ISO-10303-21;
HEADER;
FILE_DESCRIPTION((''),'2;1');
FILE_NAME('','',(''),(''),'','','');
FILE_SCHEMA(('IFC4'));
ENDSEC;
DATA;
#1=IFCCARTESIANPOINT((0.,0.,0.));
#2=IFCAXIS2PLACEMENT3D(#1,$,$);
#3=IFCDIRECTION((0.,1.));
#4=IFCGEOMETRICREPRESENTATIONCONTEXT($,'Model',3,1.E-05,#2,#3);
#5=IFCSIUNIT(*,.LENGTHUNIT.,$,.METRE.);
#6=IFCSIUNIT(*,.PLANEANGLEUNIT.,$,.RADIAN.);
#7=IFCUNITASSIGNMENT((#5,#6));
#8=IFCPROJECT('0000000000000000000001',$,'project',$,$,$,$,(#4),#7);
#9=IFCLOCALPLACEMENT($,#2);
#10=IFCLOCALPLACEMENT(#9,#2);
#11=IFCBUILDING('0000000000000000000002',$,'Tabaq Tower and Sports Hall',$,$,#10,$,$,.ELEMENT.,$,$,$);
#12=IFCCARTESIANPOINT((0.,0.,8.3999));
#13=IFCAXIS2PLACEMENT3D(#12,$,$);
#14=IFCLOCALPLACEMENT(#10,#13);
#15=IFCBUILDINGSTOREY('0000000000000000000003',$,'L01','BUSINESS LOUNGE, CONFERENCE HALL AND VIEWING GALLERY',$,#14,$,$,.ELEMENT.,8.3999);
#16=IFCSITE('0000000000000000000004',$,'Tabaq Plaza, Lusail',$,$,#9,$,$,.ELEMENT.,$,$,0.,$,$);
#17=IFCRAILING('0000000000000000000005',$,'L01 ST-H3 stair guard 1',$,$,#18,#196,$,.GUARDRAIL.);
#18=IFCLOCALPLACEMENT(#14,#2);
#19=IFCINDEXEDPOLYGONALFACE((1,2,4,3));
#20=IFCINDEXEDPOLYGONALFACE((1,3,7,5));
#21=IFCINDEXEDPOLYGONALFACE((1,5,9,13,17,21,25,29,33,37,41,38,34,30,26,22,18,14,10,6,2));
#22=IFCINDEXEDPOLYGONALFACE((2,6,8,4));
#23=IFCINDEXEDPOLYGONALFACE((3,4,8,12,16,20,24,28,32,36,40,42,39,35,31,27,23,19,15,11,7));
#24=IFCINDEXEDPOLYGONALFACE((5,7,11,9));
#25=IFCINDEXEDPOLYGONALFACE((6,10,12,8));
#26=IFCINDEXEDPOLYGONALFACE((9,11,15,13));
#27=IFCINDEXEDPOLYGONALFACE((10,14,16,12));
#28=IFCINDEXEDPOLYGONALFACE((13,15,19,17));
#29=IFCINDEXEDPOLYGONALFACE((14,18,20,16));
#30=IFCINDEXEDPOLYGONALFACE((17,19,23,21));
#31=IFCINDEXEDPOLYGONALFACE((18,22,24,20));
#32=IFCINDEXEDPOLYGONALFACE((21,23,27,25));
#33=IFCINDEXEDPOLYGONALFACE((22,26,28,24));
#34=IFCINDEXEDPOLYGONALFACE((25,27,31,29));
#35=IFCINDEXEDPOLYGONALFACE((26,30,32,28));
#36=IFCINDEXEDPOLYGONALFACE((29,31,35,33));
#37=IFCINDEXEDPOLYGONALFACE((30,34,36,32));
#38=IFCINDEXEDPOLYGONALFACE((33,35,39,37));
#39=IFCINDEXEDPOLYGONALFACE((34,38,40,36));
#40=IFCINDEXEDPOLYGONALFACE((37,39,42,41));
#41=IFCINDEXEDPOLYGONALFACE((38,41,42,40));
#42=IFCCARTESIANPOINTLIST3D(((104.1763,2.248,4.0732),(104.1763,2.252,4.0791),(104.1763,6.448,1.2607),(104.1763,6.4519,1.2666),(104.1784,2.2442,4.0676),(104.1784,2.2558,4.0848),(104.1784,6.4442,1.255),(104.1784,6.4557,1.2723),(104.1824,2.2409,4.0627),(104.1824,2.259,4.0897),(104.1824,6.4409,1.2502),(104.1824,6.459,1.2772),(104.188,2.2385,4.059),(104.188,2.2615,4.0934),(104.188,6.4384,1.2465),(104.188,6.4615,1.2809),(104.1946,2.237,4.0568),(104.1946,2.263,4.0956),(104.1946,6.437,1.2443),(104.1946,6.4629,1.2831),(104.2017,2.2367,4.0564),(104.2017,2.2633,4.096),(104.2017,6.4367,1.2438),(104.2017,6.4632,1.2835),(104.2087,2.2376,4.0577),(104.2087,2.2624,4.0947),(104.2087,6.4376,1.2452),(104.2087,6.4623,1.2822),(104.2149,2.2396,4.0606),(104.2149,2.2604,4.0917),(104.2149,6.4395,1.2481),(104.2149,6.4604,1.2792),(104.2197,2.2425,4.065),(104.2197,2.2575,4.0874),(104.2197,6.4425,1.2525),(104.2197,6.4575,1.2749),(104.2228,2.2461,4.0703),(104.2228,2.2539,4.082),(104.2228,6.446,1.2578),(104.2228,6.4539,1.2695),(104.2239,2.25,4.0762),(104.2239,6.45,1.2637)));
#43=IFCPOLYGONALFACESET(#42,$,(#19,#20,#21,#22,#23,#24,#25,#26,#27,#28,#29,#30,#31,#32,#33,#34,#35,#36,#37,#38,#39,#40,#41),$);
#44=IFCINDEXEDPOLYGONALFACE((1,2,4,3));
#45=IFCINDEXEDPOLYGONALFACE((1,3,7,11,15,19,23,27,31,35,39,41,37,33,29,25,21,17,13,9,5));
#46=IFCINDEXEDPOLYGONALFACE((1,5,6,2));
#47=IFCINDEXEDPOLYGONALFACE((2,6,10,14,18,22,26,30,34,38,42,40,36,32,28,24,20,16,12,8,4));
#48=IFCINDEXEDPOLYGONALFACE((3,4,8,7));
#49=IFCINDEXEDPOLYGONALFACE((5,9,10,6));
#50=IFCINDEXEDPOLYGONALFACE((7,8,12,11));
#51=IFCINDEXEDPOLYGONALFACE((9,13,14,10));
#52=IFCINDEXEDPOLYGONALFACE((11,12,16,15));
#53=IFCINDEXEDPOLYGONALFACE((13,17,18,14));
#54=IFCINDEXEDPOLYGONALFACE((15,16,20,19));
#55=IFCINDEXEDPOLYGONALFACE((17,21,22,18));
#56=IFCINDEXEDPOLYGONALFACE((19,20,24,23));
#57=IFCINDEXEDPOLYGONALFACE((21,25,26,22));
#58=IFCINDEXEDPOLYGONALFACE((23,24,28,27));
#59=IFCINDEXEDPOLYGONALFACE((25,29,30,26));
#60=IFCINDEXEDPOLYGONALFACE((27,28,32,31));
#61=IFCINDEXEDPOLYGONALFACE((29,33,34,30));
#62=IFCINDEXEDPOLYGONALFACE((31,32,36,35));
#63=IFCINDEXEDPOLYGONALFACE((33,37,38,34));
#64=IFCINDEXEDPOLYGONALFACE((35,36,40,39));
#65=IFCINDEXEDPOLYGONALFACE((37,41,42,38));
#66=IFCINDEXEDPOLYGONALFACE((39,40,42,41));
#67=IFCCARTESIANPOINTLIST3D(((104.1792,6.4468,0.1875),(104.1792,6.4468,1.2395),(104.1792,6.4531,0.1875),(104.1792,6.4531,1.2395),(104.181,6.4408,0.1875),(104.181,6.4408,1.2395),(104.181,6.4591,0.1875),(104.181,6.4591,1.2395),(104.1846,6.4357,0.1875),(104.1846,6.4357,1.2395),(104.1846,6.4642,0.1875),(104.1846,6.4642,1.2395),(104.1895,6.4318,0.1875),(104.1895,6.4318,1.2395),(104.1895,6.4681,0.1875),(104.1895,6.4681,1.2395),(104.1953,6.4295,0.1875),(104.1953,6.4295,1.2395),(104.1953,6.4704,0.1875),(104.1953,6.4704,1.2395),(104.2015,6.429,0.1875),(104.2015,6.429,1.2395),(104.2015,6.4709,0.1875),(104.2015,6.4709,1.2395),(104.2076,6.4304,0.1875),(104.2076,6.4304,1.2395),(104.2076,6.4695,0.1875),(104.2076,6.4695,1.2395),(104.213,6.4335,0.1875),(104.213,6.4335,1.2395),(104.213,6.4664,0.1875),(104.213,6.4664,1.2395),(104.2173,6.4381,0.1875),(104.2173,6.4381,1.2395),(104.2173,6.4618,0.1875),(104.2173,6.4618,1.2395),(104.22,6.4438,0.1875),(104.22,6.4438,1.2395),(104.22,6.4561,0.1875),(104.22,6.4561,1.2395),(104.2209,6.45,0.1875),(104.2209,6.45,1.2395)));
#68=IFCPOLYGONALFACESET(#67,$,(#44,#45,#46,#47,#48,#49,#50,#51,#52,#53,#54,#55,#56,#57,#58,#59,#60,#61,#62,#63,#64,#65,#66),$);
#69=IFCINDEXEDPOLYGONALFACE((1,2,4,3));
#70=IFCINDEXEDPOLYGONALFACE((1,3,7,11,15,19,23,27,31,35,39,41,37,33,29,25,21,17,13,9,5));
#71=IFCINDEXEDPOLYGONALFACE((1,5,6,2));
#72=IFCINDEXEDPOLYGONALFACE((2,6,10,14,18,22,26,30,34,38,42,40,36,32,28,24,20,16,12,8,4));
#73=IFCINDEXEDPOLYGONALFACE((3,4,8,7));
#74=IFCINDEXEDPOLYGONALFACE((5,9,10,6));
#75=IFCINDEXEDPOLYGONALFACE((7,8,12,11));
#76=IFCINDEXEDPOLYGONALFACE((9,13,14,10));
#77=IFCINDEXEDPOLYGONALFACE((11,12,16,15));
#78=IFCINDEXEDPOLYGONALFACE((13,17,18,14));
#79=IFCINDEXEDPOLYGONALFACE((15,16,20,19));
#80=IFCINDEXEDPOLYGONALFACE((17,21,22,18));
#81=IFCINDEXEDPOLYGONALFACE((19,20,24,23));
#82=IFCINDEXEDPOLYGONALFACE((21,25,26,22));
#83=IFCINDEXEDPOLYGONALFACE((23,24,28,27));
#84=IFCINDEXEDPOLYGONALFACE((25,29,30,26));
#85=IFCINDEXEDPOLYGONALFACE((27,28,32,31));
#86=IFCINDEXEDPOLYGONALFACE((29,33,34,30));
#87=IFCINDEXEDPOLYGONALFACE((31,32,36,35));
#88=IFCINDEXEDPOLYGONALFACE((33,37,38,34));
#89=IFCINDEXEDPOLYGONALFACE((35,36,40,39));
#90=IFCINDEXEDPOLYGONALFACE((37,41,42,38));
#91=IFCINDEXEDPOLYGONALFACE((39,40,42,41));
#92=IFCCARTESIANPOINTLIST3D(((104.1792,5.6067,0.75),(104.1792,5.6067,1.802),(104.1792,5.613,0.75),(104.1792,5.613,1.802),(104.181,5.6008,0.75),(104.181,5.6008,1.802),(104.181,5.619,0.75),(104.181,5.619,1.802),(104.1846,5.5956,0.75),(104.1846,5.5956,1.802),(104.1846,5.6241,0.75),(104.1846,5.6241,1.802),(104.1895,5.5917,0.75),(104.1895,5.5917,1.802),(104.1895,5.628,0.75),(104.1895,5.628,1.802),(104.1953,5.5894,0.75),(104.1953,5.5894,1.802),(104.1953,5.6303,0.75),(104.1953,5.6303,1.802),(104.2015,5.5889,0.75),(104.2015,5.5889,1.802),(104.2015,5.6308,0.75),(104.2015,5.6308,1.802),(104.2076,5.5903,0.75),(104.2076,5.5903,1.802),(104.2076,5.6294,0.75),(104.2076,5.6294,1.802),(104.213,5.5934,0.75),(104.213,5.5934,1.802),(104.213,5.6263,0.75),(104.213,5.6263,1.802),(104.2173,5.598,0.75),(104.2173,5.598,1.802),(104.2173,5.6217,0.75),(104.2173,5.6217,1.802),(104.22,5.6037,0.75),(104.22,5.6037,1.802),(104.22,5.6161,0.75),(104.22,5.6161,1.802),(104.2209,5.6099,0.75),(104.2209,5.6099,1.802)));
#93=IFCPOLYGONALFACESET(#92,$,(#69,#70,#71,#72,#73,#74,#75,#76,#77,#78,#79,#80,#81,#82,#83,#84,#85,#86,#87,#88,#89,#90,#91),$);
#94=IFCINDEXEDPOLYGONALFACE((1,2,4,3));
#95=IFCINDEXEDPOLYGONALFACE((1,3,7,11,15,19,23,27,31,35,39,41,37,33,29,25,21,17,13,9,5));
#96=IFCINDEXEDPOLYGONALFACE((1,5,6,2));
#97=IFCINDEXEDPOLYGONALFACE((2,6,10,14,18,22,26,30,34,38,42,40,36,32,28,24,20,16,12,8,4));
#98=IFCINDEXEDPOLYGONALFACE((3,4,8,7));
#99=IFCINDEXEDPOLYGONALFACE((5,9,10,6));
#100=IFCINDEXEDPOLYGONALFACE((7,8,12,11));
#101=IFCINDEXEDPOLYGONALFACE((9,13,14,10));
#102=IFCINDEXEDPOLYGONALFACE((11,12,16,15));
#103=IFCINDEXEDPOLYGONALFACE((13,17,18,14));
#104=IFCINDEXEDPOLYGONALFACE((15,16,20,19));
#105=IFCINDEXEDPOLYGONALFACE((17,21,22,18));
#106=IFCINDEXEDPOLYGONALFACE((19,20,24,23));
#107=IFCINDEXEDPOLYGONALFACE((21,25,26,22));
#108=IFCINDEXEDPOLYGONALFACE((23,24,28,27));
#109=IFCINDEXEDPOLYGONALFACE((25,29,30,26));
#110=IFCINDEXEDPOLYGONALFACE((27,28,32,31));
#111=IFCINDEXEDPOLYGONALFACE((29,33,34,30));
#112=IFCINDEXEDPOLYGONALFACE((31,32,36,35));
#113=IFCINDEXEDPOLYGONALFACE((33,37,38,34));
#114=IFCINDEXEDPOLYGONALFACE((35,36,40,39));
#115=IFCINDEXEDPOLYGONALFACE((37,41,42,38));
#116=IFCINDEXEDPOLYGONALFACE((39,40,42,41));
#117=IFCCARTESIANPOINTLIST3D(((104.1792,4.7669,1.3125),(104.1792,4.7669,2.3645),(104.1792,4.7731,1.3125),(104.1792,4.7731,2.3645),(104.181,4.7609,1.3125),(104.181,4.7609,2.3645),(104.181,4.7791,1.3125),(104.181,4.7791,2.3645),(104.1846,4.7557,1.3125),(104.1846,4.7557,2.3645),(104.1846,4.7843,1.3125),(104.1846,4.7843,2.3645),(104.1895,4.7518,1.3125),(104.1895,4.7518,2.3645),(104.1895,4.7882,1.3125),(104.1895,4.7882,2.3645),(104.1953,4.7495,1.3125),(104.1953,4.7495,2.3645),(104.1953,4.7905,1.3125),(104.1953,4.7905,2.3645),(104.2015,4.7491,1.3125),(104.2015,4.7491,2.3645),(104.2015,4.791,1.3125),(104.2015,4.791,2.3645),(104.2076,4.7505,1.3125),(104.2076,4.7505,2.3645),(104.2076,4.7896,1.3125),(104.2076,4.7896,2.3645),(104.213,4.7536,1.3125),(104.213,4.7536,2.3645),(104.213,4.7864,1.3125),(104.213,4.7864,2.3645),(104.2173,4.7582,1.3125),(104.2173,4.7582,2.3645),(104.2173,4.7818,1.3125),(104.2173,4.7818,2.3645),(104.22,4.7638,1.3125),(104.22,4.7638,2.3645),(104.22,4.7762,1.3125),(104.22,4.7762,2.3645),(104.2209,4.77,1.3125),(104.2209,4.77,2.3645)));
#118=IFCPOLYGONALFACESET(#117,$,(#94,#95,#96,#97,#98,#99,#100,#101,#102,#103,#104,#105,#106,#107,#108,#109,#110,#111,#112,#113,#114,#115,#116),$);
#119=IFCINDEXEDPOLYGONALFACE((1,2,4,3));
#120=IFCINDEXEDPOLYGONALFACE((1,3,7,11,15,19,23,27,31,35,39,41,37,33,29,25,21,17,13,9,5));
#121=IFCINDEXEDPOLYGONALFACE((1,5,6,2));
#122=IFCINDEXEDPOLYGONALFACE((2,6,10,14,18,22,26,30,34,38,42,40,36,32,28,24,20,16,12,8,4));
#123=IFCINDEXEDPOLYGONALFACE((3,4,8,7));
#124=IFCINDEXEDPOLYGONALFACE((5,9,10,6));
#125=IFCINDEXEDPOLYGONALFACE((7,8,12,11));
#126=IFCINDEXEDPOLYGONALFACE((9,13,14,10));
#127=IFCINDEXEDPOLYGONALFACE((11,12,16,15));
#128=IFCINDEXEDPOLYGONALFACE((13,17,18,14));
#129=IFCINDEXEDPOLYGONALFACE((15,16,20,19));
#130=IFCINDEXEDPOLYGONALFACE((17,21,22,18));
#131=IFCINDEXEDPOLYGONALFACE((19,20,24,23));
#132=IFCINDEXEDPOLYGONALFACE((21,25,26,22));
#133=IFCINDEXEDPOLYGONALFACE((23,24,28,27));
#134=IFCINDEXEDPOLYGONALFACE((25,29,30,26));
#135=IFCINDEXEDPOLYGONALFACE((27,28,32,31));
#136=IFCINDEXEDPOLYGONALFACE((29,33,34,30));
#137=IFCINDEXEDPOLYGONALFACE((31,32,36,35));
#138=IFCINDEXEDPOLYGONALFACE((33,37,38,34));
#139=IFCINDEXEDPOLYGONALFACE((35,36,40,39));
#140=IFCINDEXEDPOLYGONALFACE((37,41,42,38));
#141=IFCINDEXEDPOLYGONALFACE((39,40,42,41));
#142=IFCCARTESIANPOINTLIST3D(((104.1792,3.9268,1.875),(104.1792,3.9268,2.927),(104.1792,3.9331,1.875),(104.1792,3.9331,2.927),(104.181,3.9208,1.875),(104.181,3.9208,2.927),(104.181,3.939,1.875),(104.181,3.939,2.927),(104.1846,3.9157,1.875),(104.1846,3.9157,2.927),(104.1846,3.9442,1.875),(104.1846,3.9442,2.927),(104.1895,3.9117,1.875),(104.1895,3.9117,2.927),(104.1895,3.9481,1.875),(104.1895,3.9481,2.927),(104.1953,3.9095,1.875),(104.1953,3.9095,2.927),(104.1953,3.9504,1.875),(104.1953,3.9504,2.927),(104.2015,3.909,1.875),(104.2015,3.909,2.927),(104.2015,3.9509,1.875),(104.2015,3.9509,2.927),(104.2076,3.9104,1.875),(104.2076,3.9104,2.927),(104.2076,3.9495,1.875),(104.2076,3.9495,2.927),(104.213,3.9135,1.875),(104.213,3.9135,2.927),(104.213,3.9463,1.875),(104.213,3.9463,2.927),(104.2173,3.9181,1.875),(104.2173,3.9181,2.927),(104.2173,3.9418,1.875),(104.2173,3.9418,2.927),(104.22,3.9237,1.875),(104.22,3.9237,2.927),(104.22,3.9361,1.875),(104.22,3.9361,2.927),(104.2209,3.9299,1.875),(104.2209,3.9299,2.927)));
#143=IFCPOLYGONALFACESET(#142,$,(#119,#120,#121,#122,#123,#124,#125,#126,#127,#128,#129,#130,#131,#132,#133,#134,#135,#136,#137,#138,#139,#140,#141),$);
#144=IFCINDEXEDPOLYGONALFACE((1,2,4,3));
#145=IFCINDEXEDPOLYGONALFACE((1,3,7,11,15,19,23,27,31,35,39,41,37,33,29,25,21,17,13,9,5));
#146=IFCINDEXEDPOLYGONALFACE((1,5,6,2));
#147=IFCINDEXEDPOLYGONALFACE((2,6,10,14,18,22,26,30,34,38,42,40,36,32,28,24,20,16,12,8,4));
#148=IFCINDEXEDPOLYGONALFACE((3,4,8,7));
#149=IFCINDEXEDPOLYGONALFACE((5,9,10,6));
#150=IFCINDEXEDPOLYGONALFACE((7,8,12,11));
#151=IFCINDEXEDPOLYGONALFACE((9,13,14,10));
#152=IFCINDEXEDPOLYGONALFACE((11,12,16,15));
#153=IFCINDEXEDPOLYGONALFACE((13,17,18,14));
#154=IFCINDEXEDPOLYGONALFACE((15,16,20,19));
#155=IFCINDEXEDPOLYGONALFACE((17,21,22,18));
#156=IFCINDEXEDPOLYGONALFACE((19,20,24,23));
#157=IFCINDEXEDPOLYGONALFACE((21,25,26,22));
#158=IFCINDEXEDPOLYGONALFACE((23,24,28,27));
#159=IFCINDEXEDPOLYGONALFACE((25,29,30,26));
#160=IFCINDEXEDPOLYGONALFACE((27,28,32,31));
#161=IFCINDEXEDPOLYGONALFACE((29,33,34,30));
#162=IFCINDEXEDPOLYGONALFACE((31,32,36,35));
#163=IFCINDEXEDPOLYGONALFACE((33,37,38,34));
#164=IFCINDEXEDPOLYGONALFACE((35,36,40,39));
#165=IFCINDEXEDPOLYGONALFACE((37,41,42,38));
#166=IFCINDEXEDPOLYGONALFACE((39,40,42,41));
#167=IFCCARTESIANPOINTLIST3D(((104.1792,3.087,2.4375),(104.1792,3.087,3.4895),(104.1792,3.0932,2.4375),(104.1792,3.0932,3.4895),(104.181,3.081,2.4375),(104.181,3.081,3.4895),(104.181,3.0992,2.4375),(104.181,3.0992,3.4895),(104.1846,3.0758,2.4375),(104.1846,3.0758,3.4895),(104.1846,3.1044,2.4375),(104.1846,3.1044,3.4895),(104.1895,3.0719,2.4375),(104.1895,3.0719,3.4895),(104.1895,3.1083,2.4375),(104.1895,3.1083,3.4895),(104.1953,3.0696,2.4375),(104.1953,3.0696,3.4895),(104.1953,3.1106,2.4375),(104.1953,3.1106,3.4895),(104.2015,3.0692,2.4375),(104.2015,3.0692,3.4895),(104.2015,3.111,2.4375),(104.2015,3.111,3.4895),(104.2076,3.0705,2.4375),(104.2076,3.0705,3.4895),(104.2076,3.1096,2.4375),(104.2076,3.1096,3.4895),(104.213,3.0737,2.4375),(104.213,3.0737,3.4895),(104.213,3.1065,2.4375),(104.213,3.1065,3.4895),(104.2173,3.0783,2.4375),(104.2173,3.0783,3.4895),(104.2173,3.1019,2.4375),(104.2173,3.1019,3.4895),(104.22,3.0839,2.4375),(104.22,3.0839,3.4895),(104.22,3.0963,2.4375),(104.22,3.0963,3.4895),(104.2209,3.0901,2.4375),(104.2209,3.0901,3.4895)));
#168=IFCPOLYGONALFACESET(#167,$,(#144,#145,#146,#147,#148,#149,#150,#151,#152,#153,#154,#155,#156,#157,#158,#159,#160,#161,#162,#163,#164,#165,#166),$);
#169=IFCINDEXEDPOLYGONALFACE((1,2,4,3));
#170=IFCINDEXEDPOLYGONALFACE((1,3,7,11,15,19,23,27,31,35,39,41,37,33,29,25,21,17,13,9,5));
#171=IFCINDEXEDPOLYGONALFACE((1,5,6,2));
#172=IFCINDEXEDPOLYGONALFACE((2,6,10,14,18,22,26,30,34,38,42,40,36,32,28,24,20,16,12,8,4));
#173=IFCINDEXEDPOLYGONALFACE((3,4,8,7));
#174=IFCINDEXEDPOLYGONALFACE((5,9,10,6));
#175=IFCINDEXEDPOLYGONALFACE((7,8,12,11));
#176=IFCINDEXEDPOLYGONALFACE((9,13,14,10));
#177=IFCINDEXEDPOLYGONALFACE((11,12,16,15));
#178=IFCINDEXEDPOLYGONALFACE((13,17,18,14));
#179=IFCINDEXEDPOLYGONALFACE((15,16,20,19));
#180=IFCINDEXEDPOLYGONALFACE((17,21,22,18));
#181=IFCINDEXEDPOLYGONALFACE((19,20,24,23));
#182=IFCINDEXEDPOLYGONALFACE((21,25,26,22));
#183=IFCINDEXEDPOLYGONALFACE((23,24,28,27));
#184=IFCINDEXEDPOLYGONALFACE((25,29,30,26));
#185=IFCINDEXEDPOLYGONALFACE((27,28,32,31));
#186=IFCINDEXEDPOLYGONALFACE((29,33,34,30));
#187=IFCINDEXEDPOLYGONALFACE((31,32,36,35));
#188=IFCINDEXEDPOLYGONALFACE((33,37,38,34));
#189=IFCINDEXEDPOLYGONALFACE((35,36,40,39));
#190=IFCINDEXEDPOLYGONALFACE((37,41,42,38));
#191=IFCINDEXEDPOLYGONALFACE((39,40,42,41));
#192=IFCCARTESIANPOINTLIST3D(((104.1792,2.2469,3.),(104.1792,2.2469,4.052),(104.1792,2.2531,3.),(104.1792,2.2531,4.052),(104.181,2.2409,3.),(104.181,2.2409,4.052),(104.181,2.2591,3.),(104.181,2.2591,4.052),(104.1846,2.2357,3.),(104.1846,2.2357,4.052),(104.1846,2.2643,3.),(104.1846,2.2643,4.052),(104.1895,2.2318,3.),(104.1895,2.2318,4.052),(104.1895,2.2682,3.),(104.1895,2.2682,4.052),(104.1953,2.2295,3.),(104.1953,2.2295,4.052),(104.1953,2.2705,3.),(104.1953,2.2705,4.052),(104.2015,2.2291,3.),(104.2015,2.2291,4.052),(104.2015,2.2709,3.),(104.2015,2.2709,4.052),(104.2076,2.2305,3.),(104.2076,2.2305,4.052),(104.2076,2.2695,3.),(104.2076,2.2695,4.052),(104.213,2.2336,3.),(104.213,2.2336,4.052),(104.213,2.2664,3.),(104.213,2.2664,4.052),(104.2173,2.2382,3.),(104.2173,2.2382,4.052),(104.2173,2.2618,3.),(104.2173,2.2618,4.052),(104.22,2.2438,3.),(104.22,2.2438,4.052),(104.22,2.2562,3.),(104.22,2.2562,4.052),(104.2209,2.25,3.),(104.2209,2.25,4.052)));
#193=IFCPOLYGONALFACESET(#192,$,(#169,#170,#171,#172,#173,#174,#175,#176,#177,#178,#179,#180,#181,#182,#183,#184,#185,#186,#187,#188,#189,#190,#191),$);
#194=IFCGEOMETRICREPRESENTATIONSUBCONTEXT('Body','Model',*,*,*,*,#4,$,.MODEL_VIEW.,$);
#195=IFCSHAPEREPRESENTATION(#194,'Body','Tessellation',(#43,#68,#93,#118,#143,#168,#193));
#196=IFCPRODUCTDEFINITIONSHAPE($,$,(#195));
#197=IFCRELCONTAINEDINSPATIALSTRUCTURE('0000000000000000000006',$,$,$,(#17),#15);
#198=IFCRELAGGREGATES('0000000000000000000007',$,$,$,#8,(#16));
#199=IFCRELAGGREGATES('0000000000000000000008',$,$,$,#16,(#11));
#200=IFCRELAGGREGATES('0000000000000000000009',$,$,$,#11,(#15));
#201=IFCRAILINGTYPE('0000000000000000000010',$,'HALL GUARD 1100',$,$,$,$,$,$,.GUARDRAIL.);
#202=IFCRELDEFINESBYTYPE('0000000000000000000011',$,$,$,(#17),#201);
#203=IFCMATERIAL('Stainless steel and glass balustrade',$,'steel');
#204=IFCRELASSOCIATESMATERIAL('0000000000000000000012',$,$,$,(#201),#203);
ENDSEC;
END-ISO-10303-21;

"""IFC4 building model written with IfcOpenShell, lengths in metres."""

from ifc_helpers import new_model, si_unit, direction, frame, origin, origin_2d, place, context, subcontext, project, spatial, circle, extrude, material, type_object, element, save


model = new_model("IFC4")

# Units and contexts
model_context = context("Model", 3, precision=1e-05, world=origin(), true_north=direction((0.0, 1.0)))
body_context = subcontext(model_context, "Body", "Model", "MODEL_VIEW")
ifc_project = project(units=[si_unit("LENGTHUNIT", "METRE"), si_unit("PLANEANGLEUNIT", "RADIAN")], contexts=[model_context])

# Site, building, storey
site_placement = place(None, origin())
site = spatial("IfcSite", under=ifc_project, at=site_placement, Name="Tabaq Plaza, Lusail", CompositionType="ELEMENT", RefElevation=0.0)
building_placement = place(site_placement, origin())
building = spatial("IfcBuilding", under=site, at=building_placement, Name="Tabaq Tower and Sports Hall", CompositionType="ELEMENT")
storey_placement = place(building_placement, frame((0.0, 0.0, 8.3999)))
storey = spatial("IfcBuildingStorey", under=building, at=storey_placement, Name="L01", Description="BUSINESS LOUNGE, CONFERENCE HALL AND VIEWING GALLERY", CompositionType="ELEMENT", Elevation=8.3999)

# Railing
ifc_material_1 = material(Name="Stainless steel and glass balustrade", Category="steel")
railing_type_1 = type_object("IfcRailingType", Name="HALL GUARD 1100", PredefinedType="GUARDRAIL", material=ifc_material_1)
railing_1_placement = place(storey_placement, frame((104.2, 6.45, 0.1875)))
element("IfcRailing", 1, at=railing_1_placement, inside=storey, type_object=railing_type_1, Name="L01 ST-H3 stair guard 1", PredefinedType="GUARDRAIL", context=body_context, shape_type="SweptSolid", body=[
    extrude(circle(Radius=0.0239, at=origin_2d()), frame((0.0, 0.0, 1.0762), z_axis=(0.0, -0.830904, 0.556416), x_axis=(1.0, 0.0, 0.0)), (0.0, 0.0, 1.0), 5.0547),
    extrude(circle(Radius=0.021, at=origin_2d()), origin(), (0.0, 0.0, 1.0), 1.052),
    extrude(circle(Radius=0.021, at=origin_2d()), frame((0.0, -0.8401, 0.5625)), (0.0, 0.0, 1.0), 1.052),
    extrude(circle(Radius=0.021, at=origin_2d()), frame((0.0, -1.6799, 1.125)), (0.0, 0.0, 1.0), 1.052),
    extrude(circle(Radius=0.021, at=origin_2d()), frame((0.0, -2.52, 1.6875)), (0.0, 0.0, 1.0), 1.052),
    extrude(circle(Radius=0.021, at=origin_2d()), frame((0.0, -3.3599, 2.25)), (0.0, 0.0, 1.0), 1.052),
    extrude(circle(Radius=0.021, at=origin_2d()), frame((0.0, -4.2, 2.8125)), (0.0, 0.0, 1.0), 1.052),
])

save(model, "model.ifc")
